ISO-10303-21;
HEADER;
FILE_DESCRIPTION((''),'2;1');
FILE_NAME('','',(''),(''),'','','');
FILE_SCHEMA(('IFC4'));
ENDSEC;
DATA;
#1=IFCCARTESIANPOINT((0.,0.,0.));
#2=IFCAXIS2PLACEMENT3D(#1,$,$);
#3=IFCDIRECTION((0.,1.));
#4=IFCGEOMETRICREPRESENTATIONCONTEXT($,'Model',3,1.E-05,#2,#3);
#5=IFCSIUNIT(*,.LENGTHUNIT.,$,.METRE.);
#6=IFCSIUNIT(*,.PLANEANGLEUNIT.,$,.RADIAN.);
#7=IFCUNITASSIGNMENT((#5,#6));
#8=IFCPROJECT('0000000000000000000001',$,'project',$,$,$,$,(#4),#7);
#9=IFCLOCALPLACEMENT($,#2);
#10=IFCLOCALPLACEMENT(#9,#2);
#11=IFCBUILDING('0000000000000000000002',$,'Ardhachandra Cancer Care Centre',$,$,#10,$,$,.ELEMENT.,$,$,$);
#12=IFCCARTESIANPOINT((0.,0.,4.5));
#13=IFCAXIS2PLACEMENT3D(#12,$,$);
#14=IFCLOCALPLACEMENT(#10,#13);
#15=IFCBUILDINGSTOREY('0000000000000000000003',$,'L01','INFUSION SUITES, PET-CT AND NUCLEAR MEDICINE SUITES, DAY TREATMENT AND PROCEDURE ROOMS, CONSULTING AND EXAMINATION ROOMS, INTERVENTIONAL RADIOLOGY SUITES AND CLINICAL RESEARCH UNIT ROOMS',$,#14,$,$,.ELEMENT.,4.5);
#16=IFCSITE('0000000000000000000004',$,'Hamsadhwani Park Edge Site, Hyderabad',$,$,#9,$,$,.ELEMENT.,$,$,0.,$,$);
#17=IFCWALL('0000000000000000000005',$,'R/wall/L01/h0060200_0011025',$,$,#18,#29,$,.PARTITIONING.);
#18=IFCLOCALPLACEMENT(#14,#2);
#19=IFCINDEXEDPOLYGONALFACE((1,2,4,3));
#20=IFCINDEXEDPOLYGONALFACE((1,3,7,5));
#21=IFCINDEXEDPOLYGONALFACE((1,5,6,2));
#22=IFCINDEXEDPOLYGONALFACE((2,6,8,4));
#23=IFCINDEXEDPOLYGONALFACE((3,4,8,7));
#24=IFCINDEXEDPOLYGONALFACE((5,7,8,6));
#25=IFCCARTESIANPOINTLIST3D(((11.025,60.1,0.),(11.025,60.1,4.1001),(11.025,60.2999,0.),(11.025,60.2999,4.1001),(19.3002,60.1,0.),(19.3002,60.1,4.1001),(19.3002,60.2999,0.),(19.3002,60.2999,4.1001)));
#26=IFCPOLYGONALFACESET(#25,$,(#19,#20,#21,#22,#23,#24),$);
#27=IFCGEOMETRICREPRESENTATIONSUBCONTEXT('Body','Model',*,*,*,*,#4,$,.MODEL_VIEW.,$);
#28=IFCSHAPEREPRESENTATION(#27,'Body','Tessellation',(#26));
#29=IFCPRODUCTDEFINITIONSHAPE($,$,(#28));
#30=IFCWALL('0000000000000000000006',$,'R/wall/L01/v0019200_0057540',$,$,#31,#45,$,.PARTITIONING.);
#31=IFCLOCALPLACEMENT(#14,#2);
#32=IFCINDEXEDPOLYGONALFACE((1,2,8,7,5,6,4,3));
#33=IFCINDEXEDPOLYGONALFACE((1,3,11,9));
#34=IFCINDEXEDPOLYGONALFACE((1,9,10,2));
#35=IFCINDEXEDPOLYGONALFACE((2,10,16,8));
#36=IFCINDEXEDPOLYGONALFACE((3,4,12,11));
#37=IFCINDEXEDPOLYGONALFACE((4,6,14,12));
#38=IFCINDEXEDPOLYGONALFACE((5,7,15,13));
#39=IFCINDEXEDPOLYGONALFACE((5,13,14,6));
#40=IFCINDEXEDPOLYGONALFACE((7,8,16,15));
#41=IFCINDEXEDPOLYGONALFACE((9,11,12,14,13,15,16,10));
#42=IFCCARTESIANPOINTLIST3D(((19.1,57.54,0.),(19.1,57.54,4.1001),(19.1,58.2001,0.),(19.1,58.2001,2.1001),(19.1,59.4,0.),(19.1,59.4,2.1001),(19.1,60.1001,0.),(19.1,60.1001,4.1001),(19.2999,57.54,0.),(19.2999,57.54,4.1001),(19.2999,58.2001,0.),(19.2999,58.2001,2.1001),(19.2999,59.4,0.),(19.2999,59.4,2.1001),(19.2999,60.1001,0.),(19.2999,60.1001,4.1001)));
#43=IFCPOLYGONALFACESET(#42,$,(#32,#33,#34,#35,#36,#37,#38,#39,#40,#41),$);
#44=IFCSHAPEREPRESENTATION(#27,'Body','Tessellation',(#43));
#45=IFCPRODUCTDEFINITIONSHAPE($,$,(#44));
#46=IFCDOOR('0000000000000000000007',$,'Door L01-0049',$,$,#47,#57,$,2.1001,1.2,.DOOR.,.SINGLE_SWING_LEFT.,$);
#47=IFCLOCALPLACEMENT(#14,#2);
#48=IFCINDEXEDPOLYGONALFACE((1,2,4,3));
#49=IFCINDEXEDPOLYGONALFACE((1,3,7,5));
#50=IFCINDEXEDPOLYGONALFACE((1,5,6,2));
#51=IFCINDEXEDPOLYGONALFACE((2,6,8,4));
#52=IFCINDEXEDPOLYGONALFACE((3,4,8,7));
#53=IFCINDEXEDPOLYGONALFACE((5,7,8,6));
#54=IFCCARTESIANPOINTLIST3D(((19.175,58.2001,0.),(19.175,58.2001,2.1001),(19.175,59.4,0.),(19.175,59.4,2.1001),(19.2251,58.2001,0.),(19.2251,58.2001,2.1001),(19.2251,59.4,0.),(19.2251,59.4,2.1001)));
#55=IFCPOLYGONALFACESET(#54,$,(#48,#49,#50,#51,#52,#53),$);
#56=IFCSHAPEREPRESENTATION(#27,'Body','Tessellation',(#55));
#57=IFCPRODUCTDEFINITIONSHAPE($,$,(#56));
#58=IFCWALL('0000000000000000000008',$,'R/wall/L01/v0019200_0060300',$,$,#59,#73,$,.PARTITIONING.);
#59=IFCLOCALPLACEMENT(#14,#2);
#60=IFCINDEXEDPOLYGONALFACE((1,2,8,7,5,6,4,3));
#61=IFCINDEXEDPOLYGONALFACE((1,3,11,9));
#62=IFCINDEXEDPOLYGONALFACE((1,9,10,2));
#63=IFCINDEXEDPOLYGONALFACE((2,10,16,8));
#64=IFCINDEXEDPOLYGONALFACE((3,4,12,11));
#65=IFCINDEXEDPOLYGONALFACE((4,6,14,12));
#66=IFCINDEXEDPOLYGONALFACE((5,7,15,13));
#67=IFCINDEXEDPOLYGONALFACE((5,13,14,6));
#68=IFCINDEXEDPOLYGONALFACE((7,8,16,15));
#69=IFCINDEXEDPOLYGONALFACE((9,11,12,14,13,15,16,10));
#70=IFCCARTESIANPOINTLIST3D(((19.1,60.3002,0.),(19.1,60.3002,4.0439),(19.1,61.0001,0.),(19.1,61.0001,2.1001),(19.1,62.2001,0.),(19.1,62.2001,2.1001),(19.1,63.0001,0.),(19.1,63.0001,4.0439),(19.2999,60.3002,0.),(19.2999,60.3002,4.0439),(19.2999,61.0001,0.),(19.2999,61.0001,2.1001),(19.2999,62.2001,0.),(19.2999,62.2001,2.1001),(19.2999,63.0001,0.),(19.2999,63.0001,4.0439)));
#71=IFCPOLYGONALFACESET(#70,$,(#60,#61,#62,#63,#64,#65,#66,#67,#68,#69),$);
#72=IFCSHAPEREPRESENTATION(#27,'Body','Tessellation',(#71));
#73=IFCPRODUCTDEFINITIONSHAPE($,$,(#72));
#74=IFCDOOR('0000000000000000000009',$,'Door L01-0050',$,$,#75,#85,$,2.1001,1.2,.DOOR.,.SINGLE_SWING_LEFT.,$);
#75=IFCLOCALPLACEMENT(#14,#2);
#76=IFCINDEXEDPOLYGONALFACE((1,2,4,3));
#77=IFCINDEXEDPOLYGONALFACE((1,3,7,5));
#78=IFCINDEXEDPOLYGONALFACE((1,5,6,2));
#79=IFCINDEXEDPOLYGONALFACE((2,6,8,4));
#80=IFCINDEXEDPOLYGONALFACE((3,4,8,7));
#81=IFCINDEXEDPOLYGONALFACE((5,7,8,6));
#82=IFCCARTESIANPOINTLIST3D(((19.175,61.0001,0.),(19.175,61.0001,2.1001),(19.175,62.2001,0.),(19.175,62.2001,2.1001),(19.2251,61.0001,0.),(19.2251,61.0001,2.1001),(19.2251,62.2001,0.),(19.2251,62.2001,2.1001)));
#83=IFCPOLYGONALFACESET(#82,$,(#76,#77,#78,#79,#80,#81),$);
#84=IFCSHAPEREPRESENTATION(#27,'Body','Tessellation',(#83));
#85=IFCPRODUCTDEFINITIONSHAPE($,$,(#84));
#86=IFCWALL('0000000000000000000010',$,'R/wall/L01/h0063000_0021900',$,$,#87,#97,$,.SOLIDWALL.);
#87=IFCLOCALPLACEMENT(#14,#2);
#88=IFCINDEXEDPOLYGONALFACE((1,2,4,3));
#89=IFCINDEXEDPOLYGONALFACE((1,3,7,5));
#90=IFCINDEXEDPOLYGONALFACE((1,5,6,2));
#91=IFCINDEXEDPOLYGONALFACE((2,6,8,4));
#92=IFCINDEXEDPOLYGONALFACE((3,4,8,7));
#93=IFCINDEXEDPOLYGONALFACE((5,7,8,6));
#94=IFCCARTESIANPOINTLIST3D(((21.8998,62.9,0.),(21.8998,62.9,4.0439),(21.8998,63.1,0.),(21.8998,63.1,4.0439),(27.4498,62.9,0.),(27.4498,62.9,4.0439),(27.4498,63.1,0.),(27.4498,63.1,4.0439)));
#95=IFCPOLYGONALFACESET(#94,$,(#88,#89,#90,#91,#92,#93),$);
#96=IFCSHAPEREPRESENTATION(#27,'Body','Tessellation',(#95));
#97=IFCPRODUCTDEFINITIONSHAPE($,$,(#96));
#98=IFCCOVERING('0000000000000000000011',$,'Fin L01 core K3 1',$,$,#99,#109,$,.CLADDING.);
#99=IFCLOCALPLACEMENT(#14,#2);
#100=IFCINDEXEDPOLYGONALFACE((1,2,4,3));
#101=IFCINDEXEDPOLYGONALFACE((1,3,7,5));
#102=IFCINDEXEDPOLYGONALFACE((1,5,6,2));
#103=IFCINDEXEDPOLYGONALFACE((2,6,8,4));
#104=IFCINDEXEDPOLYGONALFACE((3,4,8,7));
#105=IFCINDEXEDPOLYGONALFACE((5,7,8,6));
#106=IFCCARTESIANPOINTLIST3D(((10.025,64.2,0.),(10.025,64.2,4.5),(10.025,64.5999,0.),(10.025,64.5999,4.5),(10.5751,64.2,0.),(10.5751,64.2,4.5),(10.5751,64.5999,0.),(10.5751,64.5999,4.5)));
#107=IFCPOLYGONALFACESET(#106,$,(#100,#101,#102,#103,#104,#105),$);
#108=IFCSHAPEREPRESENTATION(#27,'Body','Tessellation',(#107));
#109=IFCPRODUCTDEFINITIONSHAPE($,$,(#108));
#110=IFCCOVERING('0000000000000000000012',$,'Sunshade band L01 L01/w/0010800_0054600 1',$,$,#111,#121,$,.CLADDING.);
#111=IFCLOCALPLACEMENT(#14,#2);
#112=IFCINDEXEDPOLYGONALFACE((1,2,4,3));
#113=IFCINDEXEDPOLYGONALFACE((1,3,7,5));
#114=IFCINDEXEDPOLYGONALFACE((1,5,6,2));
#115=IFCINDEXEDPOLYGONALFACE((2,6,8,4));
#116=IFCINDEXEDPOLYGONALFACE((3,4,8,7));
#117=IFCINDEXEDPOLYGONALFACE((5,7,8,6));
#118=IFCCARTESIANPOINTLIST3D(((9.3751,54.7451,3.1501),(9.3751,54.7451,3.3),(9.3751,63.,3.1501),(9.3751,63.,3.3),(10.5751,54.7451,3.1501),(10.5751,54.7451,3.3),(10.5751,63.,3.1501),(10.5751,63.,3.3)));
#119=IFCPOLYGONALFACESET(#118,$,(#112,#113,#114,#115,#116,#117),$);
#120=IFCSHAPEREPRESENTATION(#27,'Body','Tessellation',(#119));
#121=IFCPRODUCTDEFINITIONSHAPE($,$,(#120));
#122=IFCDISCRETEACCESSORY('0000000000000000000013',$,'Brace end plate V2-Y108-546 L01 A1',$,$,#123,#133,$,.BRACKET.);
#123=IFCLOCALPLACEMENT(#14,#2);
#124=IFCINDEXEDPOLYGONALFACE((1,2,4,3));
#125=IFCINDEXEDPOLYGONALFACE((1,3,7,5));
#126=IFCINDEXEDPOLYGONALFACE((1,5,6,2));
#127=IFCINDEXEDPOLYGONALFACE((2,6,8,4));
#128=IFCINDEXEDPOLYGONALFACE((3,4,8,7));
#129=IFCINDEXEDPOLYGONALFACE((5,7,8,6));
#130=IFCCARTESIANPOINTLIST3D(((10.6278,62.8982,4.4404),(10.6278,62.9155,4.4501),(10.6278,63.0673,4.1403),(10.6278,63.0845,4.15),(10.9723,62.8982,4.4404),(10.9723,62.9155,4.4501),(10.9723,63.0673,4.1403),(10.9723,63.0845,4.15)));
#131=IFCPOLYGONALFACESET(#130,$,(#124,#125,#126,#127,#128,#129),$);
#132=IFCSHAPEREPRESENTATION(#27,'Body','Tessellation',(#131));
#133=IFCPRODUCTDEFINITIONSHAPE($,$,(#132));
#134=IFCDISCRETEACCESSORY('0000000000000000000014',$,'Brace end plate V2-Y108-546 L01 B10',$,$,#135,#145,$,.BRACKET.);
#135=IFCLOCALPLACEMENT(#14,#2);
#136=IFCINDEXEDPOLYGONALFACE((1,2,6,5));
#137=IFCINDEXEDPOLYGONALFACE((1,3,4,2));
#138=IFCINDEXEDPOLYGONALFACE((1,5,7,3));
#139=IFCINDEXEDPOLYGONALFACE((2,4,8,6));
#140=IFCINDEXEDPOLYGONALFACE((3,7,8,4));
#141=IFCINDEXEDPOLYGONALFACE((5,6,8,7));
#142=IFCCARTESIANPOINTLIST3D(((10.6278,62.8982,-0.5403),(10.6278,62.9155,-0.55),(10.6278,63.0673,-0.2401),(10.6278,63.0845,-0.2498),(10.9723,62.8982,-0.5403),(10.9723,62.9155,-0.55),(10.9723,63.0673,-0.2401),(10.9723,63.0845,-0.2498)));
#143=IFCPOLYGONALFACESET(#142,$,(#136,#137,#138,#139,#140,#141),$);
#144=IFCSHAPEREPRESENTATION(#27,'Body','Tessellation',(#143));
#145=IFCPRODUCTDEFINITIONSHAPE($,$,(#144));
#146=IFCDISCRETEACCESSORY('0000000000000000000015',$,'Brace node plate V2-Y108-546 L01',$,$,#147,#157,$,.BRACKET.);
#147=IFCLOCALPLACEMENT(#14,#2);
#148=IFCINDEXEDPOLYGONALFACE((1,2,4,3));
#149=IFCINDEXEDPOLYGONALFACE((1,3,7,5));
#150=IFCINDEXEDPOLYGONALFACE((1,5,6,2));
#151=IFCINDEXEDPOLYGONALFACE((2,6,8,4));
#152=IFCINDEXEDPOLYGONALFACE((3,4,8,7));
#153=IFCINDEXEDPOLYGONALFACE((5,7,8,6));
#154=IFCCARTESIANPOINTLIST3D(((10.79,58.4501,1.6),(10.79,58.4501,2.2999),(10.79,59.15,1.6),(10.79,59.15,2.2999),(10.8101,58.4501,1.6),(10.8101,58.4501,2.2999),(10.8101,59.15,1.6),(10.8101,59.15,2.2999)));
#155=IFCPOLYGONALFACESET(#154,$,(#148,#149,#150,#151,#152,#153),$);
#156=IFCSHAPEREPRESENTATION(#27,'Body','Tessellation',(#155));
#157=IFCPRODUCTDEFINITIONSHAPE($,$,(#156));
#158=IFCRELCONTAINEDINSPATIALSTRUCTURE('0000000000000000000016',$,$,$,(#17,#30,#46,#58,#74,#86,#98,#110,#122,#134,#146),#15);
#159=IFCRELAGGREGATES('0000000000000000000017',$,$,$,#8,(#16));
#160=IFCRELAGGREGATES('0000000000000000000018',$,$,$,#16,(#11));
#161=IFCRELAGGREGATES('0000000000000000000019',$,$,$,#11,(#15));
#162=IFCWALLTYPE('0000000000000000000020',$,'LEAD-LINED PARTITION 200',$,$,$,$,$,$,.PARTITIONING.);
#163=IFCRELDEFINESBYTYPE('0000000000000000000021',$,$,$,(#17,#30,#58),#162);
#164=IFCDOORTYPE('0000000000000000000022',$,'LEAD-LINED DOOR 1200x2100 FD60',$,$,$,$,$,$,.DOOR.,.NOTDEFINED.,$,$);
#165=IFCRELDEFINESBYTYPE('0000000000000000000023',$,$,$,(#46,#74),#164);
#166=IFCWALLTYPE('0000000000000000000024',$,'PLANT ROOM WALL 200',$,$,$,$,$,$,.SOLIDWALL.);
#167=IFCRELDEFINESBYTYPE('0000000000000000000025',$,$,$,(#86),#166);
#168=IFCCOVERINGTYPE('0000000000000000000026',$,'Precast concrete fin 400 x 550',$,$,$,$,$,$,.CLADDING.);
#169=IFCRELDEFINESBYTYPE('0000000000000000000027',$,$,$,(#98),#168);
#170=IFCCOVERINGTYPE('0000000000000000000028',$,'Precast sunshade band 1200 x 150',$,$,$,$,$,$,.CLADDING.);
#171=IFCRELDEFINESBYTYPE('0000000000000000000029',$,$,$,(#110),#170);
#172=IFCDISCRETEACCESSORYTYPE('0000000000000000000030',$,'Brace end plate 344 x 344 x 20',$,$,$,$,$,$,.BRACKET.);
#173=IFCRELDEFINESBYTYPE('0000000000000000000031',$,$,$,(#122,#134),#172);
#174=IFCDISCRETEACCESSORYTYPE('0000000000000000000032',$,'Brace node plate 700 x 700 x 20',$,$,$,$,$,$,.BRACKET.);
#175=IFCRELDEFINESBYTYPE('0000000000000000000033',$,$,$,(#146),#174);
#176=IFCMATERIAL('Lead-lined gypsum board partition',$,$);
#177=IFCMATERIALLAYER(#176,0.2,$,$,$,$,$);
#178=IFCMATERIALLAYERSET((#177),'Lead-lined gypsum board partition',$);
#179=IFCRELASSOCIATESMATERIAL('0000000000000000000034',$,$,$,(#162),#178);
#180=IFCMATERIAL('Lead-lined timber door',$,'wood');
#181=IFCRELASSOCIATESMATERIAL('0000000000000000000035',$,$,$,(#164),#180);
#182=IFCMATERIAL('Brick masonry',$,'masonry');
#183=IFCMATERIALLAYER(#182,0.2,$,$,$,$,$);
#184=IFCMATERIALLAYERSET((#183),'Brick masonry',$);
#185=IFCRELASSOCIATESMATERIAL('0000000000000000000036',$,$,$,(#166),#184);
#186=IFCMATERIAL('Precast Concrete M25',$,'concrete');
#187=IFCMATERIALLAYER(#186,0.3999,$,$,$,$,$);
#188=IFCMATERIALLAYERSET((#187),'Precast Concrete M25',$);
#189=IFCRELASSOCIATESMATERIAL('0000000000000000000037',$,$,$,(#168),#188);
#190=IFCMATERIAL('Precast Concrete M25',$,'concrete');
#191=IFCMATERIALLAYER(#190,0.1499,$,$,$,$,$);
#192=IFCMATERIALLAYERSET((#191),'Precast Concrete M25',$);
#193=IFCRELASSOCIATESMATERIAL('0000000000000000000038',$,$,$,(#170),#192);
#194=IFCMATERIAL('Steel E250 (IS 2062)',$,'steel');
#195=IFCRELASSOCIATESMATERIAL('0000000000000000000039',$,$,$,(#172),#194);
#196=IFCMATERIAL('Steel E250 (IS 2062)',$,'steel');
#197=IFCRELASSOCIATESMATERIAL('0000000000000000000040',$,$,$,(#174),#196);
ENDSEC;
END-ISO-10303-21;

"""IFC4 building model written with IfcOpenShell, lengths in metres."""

from ifc_helpers import new_model, si_unit, direction, frame, frame_2d, origin, origin_2d, place, context, subcontext, project, spatial, rectangle, extrude, material, layer, layer_set, material_profile, profile_set, type_object, element, fill, save


model = new_model("IFC4")

# Units and contexts
model_context = context("Model", 3, precision=1e-05, world=origin(), true_north=direction((0.0, 1.0)))
body_context = subcontext(model_context, "Body", "Model", "MODEL_VIEW")
ifc_project = project(units=[si_unit("LENGTHUNIT", "METRE"), si_unit("PLANEANGLEUNIT", "RADIAN")], contexts=[model_context])

# Site, building, storey
site_placement = place(None, origin())
site = spatial("IfcSite", under=ifc_project, at=site_placement, Name="Hamsadhwani Park Edge Site, Hyderabad", CompositionType="ELEMENT", RefElevation=0.0)
building_placement = place(site_placement, origin())
building = spatial("IfcBuilding", under=site, at=building_placement, Name="Ardhachandra Cancer Care Centre", CompositionType="ELEMENT")
storey_placement = place(building_placement, frame((0.0, 0.0, 4.5)))
storey = spatial("IfcBuildingStorey", under=building, at=storey_placement, Name="L01", Description="INFUSION SUITES, PET-CT AND NUCLEAR MEDICINE SUITES, DAY TREATMENT AND PROCEDURE ROOMS, CONSULTING AND EXAMINATION ROOMS, INTERVENTIONAL RADIOLOGY SUITES AND CLINICAL RESEARCH UNIT ROOMS", CompositionType="ELEMENT", Elevation=4.5)

# Wall
ifc_material_1 = material(Name="Lead-lined gypsum board partition")
ifc_layer_1 = layer(ifc_material_1, 0.2)
ifc_layer_set_1 = layer_set([ifc_layer_1], Name="Lead-lined gypsum board partition")
wall_type_1 = type_object("IfcWallType", Name="LEAD-LINED PARTITION 200", PredefinedType="PARTITIONING", material=ifc_layer_set_1)
wall_1_placement = place(storey_placement, frame((11.0249, 60.2, 0.0), z_axis=(0.0, 0.0, 1.0), x_axis=(1.0, 0.0, 0.0)))
element("IfcWall", 1, at=wall_1_placement, inside=storey, type_object=wall_type_1, Name="R/wall/L01/h0060200_0011025", PredefinedType="PARTITIONING", context=body_context, shape_type="SweptSolid", body=[
    extrude(rectangle(XDim=8.2751, YDim=0.2, at=frame_2d((4.1377, 0.0))), origin(), (0.0, 0.0, 1.0), 4.1001),
])

# Walls, openings, doors
wall_2_placement = place(storey_placement, frame((19.2, 57.54, 0.0), z_axis=(0.0, 0.0, 1.0), x_axis=(0.0, 1.0, 0.0)))
wall_2 = element("IfcWall", 2, at=wall_2_placement, inside=storey, type_object=wall_type_1, Name="R/wall/L01/v0019200_0057540", PredefinedType="PARTITIONING", context=body_context, shape_type="SweptSolid", body=[
    extrude(rectangle(XDim=2.5601, YDim=0.2, at=frame_2d((1.28, 0.0))), origin(), (0.0, 0.0, 1.0), 4.1001),
])
opening_1_placement = place(wall_2_placement, frame((0.6599, 0.0, 0.0)))
opening_1 = element("IfcOpeningElement", 3, at=opening_1_placement, cuts=wall_2, PredefinedType="OPENING", context=body_context, shape_type="SweptSolid", body=[
    extrude(rectangle(XDim=1.2, YDim=2.1001, at=frame_2d((0.6001, 1.05))), frame((0.0, 0.1099, 0.0), z_axis=(0.0, -1.0, 0.0), x_axis=(1.0, 0.0, 0.0)), (0.0, 0.0, 1.0), 0.22),
])
ifc_material_2 = material(Name="Lead-lined timber door", Category="wood")
door_type_1 = type_object("IfcDoorType", Name="LEAD-LINED DOOR 1200x2100 FD60", OperationType="NOTDEFINED", PredefinedType="DOOR", material=ifc_material_2)
door_1_placement = place(opening_1_placement, origin())
door_1 = element("IfcDoor", 4, at=door_1_placement, inside=storey, type_object=door_type_1, Name="Door L01-0049", OperationType="SINGLE_SWING_LEFT", OverallHeight=2.1001, OverallWidth=1.2, PredefinedType="DOOR", context=body_context, shape_type="SweptSolid", body=[
    extrude(rectangle(XDim=1.2, YDim=2.1001, at=frame_2d((0.6001, 1.05))), frame((0.0, 0.0249, 0.0), z_axis=(0.0, -1.0, 0.0), x_axis=(1.0, 0.0, 0.0)), (0.0, 0.0, 1.0), 0.05),
])
fill(opening_1, door_1)
wall_3_placement = place(storey_placement, frame((19.2, 60.3, 0.0), z_axis=(0.0, 0.0, 1.0), x_axis=(0.0, 1.0, 0.0)))
wall_3 = element("IfcWall", 5, at=wall_3_placement, inside=storey, type_object=wall_type_1, Name="R/wall/L01/v0019200_0060300", PredefinedType="PARTITIONING", context=body_context, shape_type="SweptSolid", body=[
    extrude(rectangle(XDim=2.7, YDim=0.2, at=frame_2d((1.3501, 0.0))), origin(), (0.0, 0.0, 1.0), 4.0439),
])
opening_2_placement = place(wall_3_placement, frame((0.7, 0.0, 0.0)))
opening_2 = element("IfcOpeningElement", 6, at=opening_2_placement, cuts=wall_3, PredefinedType="OPENING", context=body_context, shape_type="SweptSolid", body=[
    extrude(rectangle(XDim=1.2, YDim=2.1001, at=frame_2d((0.6001, 1.05))), frame((0.0, 0.1099, 0.0), z_axis=(0.0, -1.0, 0.0), x_axis=(1.0, 0.0, 0.0)), (0.0, 0.0, 1.0), 0.22),
])
door_2_placement = place(opening_2_placement, origin())
door_2 = element("IfcDoor", 7, at=door_2_placement, inside=storey, type_object=door_type_1, Name="Door L01-0050", OperationType="SINGLE_SWING_LEFT", OverallHeight=2.1001, OverallWidth=1.2, PredefinedType="DOOR", context=body_context, shape_type="SweptSolid", body=[
    extrude(rectangle(XDim=1.2, YDim=2.1001, at=frame_2d((0.6001, 1.05))), frame((0.0, 0.0249, 0.0), z_axis=(0.0, -1.0, 0.0), x_axis=(1.0, 0.0, 0.0)), (0.0, 0.0, 1.0), 0.05),
])
fill(opening_2, door_2)

# Wall
ifc_material_3 = material(Name="Brick masonry", Category="masonry")
ifc_layer_2 = layer(ifc_material_3, 0.2)
ifc_layer_set_2 = layer_set([ifc_layer_2], Name="Brick masonry")
wall_type_2 = type_object("IfcWallType", Name="PLANT ROOM WALL 200", PredefinedType="SOLIDWALL", material=ifc_layer_set_2)
wall_4_placement = place(storey_placement, frame((21.8999, 63.0, 0.0), z_axis=(0.0, 0.0, 1.0), x_axis=(1.0, 0.0, 0.0)))
element("IfcWall", 8, at=wall_4_placement, inside=storey, type_object=wall_type_2, Name="R/wall/L01/h0063000_0021900", PredefinedType="SOLIDWALL", context=body_context, shape_type="SweptSolid", body=[
    extrude(rectangle(XDim=5.55, YDim=0.2, at=frame_2d((2.7749, 0.0))), origin(), (0.0, 0.0, 1.0), 4.0439),
])

# Coverings
ifc_material_4 = material(Name="Precast Concrete M25", Category="concrete")
ifc_layer_3 = layer(ifc_material_4, 0.3999)
ifc_layer_set_3 = layer_set([ifc_layer_3], Name="Precast Concrete M25")
covering_type_1 = type_object("IfcCoveringType", Name="Precast concrete fin 400 x 550", PredefinedType="CLADDING", material=ifc_layer_set_3)
covering_1_placement = place(storey_placement, frame((10.3, 64.3999, 0.0), z_axis=(0.0, 0.0, 1.0), x_axis=(0.0, 1.0, 0.0)))
element("IfcCovering", 9, at=covering_1_placement, inside=storey, type_object=covering_type_1, Name="Fin L01 core K3 1", PredefinedType="CLADDING", context=body_context, shape_type="SweptSolid", body=[
    extrude(rectangle(XDim=0.3999, YDim=0.55, at=origin_2d()), origin(), (0.0, 0.0, 1.0), 4.5),
])
ifc_material_5 = material(Name="Precast Concrete M25", Category="concrete")
ifc_layer_4 = layer(ifc_material_5, 0.1499)
ifc_layer_set_4 = layer_set([ifc_layer_4], Name="Precast Concrete M25")
covering_type_2 = type_object("IfcCoveringType", Name="Precast sunshade band 1200 x 150", PredefinedType="CLADDING", material=ifc_layer_set_4)
covering_2_placement = place(storey_placement, frame((9.9751, 58.8726, 3.1501), z_axis=(0.0, 0.0, 1.0), x_axis=(0.0, 1.0, 0.0)))
element("IfcCovering", 10, at=covering_2_placement, inside=storey, type_object=covering_type_2, Name="Sunshade band L01 L01/w/0010800_0054600 1", PredefinedType="CLADDING", context=body_context, shape_type="SweptSolid", body=[
    extrude(rectangle(XDim=8.2549, YDim=1.2, at=origin_2d()), origin(), (0.0, 0.0, 1.0), 0.1499),
])

# Discrete accessories
ifc_material_6 = material(Name="Steel E250 (IS 2062)", Category="steel")
ifc_material_profile_1 = material_profile(ifc_material_6, rectangle(XDim=0.3445, YDim=0.3445, at=origin_2d()), Name="PL 344x344x20")
ifc_profile_set_1 = profile_set([ifc_material_profile_1], Name="Steel E250 (IS 2062)")
discrete_accessory_type_1 = type_object("IfcDiscreteAccessoryType", Name="Brace end plate 344 x 344 x 20", PredefinedType="BRACKET", material=ifc_profile_set_1)
for number, where, z_axis, x_axis, name in (
    (11, (10.8, 63.0, 4.3), (0.0, -0.871248, -0.490844), (1.0, 0.0, 0.0), "Brace end plate V2-Y108-546 L01 A1"),
    (12, (10.8, 63.0, -0.3999), (0.0, -0.871248, 0.490844), (1.0, 0.0, 0.0), "Brace end plate V2-Y108-546 L01 B10"),
):
    element("IfcDiscreteAccessory", number, at=place(storey_placement, frame(where, z_axis=z_axis, x_axis=x_axis)), inside=storey, type_object=discrete_accessory_type_1, Name=name, PredefinedType="BRACKET", context=body_context, shape_type="SweptSolid", body=[
        extrude(rectangle(XDim=0.3445, YDim=0.3445, at=origin_2d()), origin(), (0.0, 0.0, 1.0), 0.0198),
    ])
ifc_material_7 = material(Name="Steel E250 (IS 2062)", Category="steel")
ifc_material_profile_2 = material_profile(ifc_material_7, rectangle(XDim=0.7, YDim=0.7, at=origin_2d()), Name="PL 700x700x20")
ifc_profile_set_2 = profile_set([ifc_material_profile_2], Name="Steel E250 (IS 2062)")
discrete_accessory_type_2 = type_object("IfcDiscreteAccessoryType", Name="Brace node plate 700 x 700 x 20", PredefinedType="BRACKET", material=ifc_profile_set_2)
discrete_accessory_placement = place(storey_placement, frame((10.79, 58.8, 1.95), z_axis=(1.0, 0.0, 0.0), x_axis=(0.0, 1.0, 0.0)))
element("IfcDiscreteAccessory", 13, at=discrete_accessory_placement, inside=storey, type_object=discrete_accessory_type_2, Name="Brace node plate V2-Y108-546 L01", PredefinedType="BRACKET", context=body_context, shape_type="SweptSolid", body=[
    extrude(rectangle(XDim=0.7, YDim=0.7, at=origin_2d()), origin(), (0.0, 0.0, 1.0), 0.02),
])

save(model, "model.ifc")
